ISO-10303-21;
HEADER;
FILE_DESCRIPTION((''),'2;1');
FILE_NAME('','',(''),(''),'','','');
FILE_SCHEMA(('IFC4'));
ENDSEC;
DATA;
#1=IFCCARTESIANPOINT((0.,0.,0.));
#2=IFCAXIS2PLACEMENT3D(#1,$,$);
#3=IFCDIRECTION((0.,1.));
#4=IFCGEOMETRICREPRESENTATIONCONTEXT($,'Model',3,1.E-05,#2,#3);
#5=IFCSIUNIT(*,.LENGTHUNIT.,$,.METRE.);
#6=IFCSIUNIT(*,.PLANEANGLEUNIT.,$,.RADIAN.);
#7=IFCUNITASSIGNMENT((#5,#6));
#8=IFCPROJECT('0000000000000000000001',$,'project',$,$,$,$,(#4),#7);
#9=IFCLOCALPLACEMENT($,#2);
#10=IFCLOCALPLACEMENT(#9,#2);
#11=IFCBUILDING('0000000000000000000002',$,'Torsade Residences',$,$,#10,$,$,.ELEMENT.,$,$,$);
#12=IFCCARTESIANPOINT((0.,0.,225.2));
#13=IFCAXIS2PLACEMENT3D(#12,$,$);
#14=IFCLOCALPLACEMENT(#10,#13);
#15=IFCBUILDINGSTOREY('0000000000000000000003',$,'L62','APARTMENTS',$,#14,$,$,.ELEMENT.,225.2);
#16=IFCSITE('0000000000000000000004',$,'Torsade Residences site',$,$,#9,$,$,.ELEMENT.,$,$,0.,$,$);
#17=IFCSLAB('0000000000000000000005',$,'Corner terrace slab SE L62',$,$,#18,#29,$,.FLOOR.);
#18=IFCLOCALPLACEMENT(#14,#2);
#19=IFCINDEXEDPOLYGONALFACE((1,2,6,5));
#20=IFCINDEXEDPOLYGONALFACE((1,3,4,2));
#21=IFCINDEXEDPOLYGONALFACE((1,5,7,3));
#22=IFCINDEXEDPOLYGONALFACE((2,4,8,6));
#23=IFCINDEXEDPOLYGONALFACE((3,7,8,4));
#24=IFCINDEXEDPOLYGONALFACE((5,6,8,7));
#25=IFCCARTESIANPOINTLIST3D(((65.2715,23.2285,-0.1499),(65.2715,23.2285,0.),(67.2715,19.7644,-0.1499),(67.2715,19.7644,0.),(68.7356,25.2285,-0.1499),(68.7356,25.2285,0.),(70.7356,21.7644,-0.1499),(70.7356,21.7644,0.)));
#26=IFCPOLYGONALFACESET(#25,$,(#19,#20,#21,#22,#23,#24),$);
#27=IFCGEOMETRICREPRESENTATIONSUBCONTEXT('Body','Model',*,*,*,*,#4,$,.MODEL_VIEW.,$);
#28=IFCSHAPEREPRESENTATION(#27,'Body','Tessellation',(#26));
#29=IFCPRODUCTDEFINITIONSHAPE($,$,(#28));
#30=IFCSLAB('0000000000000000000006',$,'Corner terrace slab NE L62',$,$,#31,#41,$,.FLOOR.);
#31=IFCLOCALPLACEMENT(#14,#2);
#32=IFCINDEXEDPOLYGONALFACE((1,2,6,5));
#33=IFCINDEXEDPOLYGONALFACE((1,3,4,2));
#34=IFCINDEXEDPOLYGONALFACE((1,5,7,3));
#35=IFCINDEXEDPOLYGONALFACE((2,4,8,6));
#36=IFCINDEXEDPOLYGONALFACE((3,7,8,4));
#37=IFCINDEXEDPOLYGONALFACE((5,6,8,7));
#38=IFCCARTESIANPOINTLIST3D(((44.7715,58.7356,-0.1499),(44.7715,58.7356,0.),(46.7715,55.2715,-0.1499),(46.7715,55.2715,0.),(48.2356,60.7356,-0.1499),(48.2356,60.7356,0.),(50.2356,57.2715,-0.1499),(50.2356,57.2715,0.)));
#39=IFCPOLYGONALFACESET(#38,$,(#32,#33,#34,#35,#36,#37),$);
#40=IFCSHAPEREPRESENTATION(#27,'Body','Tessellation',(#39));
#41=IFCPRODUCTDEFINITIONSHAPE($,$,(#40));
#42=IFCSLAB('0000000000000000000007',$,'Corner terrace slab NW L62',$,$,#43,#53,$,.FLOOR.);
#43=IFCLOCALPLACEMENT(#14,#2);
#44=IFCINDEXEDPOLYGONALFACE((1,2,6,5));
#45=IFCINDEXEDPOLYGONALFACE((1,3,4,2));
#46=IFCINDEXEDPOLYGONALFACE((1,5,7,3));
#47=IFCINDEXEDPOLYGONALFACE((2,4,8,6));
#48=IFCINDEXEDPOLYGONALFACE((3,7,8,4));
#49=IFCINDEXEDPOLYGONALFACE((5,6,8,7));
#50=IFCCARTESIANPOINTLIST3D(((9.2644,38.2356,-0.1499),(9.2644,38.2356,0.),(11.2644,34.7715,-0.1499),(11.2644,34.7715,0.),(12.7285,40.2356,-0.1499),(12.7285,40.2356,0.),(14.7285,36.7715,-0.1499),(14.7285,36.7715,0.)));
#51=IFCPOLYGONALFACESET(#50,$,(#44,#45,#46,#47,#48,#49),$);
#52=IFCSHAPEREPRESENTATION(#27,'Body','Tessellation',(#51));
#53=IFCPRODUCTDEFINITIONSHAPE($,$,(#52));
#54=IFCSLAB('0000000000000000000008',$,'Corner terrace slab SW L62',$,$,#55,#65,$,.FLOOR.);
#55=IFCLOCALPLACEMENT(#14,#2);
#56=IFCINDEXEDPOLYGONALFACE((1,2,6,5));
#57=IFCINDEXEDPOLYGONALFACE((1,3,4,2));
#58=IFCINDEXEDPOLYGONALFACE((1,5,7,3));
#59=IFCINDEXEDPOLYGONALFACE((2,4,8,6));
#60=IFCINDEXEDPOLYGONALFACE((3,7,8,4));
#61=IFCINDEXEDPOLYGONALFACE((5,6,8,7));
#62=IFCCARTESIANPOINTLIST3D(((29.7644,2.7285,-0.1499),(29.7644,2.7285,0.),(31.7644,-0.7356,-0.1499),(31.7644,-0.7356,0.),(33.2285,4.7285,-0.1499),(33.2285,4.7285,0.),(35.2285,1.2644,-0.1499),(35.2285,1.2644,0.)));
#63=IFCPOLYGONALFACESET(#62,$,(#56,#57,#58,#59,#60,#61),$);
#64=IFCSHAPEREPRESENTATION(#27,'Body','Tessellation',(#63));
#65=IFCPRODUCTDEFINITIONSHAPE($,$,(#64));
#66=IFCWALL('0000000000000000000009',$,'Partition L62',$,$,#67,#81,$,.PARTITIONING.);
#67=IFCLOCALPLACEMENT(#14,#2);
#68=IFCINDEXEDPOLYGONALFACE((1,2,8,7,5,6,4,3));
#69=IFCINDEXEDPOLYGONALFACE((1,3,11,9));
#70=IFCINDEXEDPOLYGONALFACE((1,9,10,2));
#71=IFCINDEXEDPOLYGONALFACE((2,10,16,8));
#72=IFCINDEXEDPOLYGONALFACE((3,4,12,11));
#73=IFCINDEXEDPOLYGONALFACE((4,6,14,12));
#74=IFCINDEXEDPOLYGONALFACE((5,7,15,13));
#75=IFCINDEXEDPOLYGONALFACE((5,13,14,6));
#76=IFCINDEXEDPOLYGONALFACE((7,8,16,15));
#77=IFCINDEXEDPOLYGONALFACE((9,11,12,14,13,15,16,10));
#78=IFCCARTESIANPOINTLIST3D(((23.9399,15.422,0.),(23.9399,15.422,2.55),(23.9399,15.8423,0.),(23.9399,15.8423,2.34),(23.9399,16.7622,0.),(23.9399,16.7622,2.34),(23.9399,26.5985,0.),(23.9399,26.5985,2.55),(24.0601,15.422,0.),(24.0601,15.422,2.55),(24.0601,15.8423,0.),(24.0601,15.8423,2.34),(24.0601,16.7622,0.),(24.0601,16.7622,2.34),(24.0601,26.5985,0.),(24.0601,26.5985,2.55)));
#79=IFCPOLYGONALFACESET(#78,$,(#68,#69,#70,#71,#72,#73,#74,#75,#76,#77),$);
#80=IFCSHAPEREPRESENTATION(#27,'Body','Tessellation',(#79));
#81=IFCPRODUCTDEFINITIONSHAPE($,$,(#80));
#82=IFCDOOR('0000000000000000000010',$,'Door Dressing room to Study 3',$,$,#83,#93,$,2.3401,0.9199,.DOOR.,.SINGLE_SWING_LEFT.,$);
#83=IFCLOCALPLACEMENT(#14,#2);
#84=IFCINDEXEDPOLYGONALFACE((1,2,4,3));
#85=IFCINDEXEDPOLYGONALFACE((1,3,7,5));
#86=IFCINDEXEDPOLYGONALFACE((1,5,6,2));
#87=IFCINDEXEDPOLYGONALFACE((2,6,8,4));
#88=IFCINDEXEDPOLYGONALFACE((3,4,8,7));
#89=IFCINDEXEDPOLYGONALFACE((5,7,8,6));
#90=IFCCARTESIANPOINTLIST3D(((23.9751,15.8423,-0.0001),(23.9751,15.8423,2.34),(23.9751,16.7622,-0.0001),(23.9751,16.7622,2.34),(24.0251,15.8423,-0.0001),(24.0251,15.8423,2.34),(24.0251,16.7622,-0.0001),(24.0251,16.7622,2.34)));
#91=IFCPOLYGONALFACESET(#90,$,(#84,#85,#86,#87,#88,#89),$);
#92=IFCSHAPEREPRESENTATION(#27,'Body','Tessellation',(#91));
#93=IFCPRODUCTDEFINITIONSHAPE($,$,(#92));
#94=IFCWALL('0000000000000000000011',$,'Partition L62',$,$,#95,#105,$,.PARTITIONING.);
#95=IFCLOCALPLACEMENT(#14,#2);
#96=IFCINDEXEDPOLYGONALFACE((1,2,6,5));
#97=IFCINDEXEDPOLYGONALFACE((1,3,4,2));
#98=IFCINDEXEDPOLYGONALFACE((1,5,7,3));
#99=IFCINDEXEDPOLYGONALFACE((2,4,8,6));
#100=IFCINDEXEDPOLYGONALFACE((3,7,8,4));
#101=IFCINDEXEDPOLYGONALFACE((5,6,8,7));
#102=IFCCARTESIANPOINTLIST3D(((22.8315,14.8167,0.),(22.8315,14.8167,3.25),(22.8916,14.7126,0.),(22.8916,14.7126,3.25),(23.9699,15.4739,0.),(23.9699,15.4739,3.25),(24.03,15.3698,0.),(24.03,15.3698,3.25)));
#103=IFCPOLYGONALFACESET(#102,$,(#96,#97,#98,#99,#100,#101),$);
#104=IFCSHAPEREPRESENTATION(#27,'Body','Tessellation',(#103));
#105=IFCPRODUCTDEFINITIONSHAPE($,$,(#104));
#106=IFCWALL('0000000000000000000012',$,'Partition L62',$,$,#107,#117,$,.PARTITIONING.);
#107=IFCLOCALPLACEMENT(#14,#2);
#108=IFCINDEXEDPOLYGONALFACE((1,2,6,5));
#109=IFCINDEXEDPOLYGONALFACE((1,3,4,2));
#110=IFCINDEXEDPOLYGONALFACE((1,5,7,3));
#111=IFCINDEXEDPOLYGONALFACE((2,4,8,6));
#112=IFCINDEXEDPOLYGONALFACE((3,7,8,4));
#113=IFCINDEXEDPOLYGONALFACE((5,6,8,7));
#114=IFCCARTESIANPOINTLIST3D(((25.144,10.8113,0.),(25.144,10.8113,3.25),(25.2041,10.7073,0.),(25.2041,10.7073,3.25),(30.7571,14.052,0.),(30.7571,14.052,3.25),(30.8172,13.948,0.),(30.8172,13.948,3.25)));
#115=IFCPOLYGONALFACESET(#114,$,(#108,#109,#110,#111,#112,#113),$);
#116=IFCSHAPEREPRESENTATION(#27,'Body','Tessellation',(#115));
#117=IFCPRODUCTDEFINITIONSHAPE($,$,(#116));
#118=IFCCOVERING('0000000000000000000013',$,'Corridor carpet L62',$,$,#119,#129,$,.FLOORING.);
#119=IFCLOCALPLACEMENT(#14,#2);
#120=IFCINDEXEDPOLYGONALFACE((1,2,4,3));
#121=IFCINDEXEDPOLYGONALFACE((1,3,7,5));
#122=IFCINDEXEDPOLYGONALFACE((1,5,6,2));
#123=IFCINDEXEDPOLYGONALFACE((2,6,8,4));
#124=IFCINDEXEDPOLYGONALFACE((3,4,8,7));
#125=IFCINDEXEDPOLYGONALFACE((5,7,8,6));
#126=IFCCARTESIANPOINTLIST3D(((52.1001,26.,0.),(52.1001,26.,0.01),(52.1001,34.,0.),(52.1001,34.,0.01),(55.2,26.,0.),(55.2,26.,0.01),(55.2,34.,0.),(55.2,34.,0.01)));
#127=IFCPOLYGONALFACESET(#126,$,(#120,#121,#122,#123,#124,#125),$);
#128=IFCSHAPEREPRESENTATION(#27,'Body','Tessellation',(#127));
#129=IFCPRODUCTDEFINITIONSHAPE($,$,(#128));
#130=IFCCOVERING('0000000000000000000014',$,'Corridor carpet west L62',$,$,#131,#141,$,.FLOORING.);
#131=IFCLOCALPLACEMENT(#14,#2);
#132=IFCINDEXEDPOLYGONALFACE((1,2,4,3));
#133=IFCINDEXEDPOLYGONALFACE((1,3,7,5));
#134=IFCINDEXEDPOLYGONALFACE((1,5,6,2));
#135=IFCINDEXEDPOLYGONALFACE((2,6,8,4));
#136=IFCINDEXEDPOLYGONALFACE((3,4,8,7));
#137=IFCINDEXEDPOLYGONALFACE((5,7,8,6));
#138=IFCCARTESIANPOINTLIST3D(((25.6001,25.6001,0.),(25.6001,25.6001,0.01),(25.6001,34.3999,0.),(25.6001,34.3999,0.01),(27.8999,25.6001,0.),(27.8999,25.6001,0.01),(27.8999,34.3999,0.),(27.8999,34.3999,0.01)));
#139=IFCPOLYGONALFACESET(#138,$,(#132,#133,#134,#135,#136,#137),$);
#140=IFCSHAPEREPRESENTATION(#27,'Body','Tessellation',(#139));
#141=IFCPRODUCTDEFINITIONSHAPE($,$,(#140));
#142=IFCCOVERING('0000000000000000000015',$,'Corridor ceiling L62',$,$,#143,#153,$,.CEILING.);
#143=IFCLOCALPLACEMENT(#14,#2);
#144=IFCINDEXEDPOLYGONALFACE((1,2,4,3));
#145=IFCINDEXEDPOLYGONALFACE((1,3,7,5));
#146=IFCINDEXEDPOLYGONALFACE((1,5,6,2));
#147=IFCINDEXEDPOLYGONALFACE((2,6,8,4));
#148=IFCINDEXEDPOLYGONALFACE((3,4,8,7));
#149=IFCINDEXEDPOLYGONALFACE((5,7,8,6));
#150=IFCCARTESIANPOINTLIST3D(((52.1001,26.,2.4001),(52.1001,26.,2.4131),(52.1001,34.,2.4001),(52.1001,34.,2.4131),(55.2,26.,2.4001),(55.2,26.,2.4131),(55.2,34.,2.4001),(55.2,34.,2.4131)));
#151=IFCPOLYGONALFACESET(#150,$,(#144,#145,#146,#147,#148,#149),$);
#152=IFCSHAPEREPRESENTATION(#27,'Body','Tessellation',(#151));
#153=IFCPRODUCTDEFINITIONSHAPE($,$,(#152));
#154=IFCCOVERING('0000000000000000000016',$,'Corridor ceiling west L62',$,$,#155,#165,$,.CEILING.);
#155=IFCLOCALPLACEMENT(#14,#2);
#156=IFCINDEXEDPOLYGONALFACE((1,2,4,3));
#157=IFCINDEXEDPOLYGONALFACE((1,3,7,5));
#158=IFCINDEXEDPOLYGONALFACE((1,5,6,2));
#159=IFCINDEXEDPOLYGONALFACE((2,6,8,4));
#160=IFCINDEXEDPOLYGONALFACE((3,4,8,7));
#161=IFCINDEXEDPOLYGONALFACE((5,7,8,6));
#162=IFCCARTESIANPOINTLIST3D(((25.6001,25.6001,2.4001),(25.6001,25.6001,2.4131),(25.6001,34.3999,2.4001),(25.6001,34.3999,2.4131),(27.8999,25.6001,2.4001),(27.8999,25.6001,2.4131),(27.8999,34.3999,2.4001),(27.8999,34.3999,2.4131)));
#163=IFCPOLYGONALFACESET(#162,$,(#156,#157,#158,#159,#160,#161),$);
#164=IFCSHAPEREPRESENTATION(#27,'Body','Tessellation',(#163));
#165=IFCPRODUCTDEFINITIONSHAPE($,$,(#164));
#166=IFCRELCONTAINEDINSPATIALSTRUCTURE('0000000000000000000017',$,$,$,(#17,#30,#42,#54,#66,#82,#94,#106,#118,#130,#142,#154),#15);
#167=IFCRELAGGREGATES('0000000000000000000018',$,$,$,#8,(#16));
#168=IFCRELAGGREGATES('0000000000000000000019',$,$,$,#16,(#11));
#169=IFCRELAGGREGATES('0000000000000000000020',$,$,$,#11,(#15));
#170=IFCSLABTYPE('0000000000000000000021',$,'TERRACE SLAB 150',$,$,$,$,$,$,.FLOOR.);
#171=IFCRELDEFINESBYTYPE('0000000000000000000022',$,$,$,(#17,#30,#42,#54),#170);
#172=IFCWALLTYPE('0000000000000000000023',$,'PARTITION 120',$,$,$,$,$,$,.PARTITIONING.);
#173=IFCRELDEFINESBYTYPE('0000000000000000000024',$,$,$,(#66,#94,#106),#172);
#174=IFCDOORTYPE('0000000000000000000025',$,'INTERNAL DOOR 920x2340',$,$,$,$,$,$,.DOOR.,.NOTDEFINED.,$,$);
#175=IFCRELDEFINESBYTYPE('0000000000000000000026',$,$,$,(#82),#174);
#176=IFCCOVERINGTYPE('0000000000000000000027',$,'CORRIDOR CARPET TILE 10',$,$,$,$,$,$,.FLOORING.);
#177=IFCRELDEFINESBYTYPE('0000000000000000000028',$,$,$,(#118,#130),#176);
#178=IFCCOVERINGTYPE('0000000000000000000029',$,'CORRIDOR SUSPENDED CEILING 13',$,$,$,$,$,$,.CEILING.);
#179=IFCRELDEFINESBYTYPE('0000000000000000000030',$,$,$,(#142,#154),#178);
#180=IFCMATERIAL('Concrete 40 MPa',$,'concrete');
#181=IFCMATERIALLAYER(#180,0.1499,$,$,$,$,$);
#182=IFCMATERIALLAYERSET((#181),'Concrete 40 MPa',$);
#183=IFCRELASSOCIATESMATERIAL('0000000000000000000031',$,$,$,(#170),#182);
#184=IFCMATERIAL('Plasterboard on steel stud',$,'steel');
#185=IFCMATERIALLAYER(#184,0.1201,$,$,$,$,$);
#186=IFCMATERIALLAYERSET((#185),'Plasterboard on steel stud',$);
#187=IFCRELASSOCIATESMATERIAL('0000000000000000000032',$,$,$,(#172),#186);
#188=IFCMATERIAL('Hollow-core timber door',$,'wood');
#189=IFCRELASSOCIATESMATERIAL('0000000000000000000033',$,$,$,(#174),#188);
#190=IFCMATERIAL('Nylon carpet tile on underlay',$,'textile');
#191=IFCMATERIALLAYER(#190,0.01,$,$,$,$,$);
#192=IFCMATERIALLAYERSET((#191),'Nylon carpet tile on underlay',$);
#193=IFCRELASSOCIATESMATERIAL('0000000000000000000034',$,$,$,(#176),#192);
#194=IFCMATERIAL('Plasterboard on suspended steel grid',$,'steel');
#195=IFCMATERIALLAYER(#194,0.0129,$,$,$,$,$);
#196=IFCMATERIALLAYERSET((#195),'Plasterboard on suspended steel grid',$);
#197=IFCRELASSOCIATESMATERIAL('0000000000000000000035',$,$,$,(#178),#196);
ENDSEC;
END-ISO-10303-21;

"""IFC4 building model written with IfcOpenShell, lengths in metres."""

from ifc_helpers import new_model, si_unit, direction, frame, frame_2d, origin, place, context, subcontext, project, spatial, polyline, rectangle, outline, extrude, material, layer, layer_set, type_object, element, fill, save


model = new_model("IFC4")

# Units and contexts
model_context = context("Model", 3, precision=1e-05, world=origin(), true_north=direction((0.0, 1.0)))
body_context = subcontext(model_context, "Body", "Model", "MODEL_VIEW")
ifc_project = project(units=[si_unit("LENGTHUNIT", "METRE"), si_unit("PLANEANGLEUNIT", "RADIAN")], contexts=[model_context])

# Site, building, storey
site_placement = place(None, origin())
site = spatial("IfcSite", under=ifc_project, at=site_placement, Name="Torsade Residences site", CompositionType="ELEMENT", RefElevation=0.0)
building_placement = place(site_placement, origin())
building = spatial("IfcBuilding", under=site, at=building_placement, Name="Torsade Residences", CompositionType="ELEMENT")
storey_placement = place(building_placement, frame((0.0, 0.0, 225.2)))
storey = spatial("IfcBuildingStorey", under=building, at=storey_placement, Name="L62", Description="APARTMENTS", CompositionType="ELEMENT", Elevation=225.2)

# Slabs
ifc_material_1 = material(Name="Concrete 40 MPa", Category="concrete")
ifc_layer_1 = layer(ifc_material_1, 0.1499)
ifc_layer_set_1 = layer_set([ifc_layer_1], Name="Concrete 40 MPa")
slab_type_1 = type_object("IfcSlabType", Name="TERRACE SLAB 150", PredefinedType="FLOOR", material=ifc_layer_set_1)
slab_1_placement = place(storey_placement, frame((0.0, 0.0, -0.1499)))
element("IfcSlab", 1, at=slab_1_placement, inside=storey, type_object=slab_type_1, Name="Corner terrace slab SE L62", PredefinedType="FLOOR", context=body_context, shape_type="SweptSolid", body=[
    extrude(outline(polyline([(67.2715, 19.7644), (70.7356, 21.7644), (68.7356, 25.2285), (65.2715, 23.2285), (67.2715, 19.7644)])), origin(), (0.0, 0.0, 1.0), 0.1499),
])
slab_2_placement = place(storey_placement, frame((0.0, 0.0, -0.1499)))
element("IfcSlab", 2, at=slab_2_placement, inside=storey, type_object=slab_type_1, Name="Corner terrace slab NE L62", PredefinedType="FLOOR", context=body_context, shape_type="SweptSolid", body=[
    extrude(outline(polyline([(46.7715, 55.2715), (50.2356, 57.2715), (48.2356, 60.7356), (44.7715, 58.7356), (46.7715, 55.2715)])), origin(), (0.0, 0.0, 1.0), 0.1499),
])
slab_3_placement = place(storey_placement, frame((0.0, 0.0, -0.1499)))
element("IfcSlab", 3, at=slab_3_placement, inside=storey, type_object=slab_type_1, Name="Corner terrace slab NW L62", PredefinedType="FLOOR", context=body_context, shape_type="SweptSolid", body=[
    extrude(outline(polyline([(11.2644, 34.7715), (14.7285, 36.7715), (12.7285, 40.2356), (9.2644, 38.2356), (11.2644, 34.7715)])), origin(), (0.0, 0.0, 1.0), 0.1499),
])
slab_4_placement = place(storey_placement, frame((0.0, 0.0, -0.1499)))
element("IfcSlab", 4, at=slab_4_placement, inside=storey, type_object=slab_type_1, Name="Corner terrace slab SW L62", PredefinedType="FLOOR", context=body_context, shape_type="SweptSolid", body=[
    extrude(outline(polyline([(31.7644, -0.7356), (35.2285, 1.2644), (33.2285, 4.7285), (29.7644, 2.7285), (31.7644, -0.7356)])), origin(), (0.0, 0.0, 1.0), 0.1499),
])

# Wall, opening, door
ifc_material_2 = material(Name="Plasterboard on steel stud", Category="steel")
ifc_layer_2 = layer(ifc_material_2, 0.1201)
ifc_layer_set_2 = layer_set([ifc_layer_2], Name="Plasterboard on steel stud")
wall_type = type_object("IfcWallType", Name="PARTITION 120", PredefinedType="PARTITIONING", material=ifc_layer_set_2)
wall_1_placement = place(storey_placement, frame((24.0, 15.4219, 0.0), z_axis=(0.0, 0.0, 1.0), x_axis=(0.0, 1.0, 0.0)))
wall_1 = element("IfcWall", 5, at=wall_1_placement, inside=storey, type_object=wall_type, Name="Partition L62", PredefinedType="PARTITIONING", context=body_context, shape_type="SweptSolid", body=[
    extrude(rectangle(XDim=11.1765, YDim=0.1201, at=frame_2d((5.5884, 0.0))), origin(), (0.0, 0.0, 1.0), 2.55),
])
opening_placement = place(wall_1_placement, frame((0.4204, 0.0, 0.0)))
opening = element("IfcOpeningElement", 6, at=opening_placement, cuts=wall_1, PredefinedType="OPENING", context=body_context, shape_type="SweptSolid", body=[
    extrude(rectangle(XDim=0.9199, YDim=2.3401, at=frame_2d((0.46, 1.1699))), frame((0.0, 0.0701, 0.0), z_axis=(0.0, -1.0, 0.0), x_axis=(1.0, 0.0, 0.0)), (0.0, 0.0, 1.0), 0.1401),
])
ifc_material_3 = material(Name="Hollow-core timber door", Category="wood")
door_type = type_object("IfcDoorType", Name="INTERNAL DOOR 920x2340", OperationType="NOTDEFINED", PredefinedType="DOOR", material=ifc_material_3)
door_placement = place(opening_placement, origin())
door = element("IfcDoor", 7, at=door_placement, inside=storey, type_object=door_type, Name="Door Dressing room to Study 3", OperationType="SINGLE_SWING_LEFT", OverallHeight=2.3401, OverallWidth=0.9199, PredefinedType="DOOR", context=body_context, shape_type="SweptSolid", body=[
    extrude(rectangle(XDim=0.9199, YDim=2.3401, at=frame_2d((0.46, 1.1699))), frame((0.0, 0.0249, 0.0), z_axis=(0.0, -1.0, 0.0), x_axis=(1.0, 0.0, 0.0)), (0.0, 0.0, 1.0), 0.05),
])
fill(opening, door)

# Walls
wall_2_placement = place(storey_placement, frame((22.8616, 14.7646, 0.0), z_axis=(0.0, 0.0, 1.0), x_axis=(0.86604, 0.499974, 0.0)))
element("IfcWall", 8, at=wall_2_placement, inside=storey, type_object=wall_type, Name="Partition L62", PredefinedType="PARTITIONING", context=body_context, shape_type="SweptSolid", body=[
    extrude(rectangle(XDim=1.3145, YDim=0.1201, at=frame_2d((0.6572, 0.0))), origin(), (0.0, 0.0, 1.0), 3.25),
])
wall_3_placement = place(storey_placement, frame((25.1741, 10.7593, 0.0), z_axis=(0.0, 0.0, 1.0), x_axis=(0.866023, 0.500004, 0.0)))
element("IfcWall", 9, at=wall_3_placement, inside=storey, type_object=wall_type, Name="Partition L62", PredefinedType="PARTITIONING", context=body_context, shape_type="SweptSolid", body=[
    extrude(rectangle(XDim=6.4814, YDim=0.1201, at=frame_2d((3.2407, 0.0))), origin(), (0.0, 0.0, 1.0), 3.25),
])

# Coverings
ifc_material_4 = material(Name="Nylon carpet tile on underlay", Category="textile")
ifc_layer_3 = layer(ifc_material_4, 0.01)
ifc_layer_set_3 = layer_set([ifc_layer_3], Name="Nylon carpet tile on underlay")
covering_type_1 = type_object("IfcCoveringType", Name="CORRIDOR CARPET TILE 10", PredefinedType="FLOORING", material=ifc_layer_set_3)
covering_1_placement = place(storey_placement, origin())
element("IfcCovering", 10, at=covering_1_placement, inside=storey, type_object=covering_type_1, Name="Corridor carpet L62", PredefinedType="FLOORING", context=body_context, shape_type="SweptSolid", body=[
    extrude(outline(polyline([(55.2, 26.0), (55.2, 34.0), (52.1001, 34.0), (52.1001, 26.0), (55.2, 26.0)])), origin(), (0.0, 0.0, 1.0), 0.01),
])
covering_2_placement = place(storey_placement, origin())
element("IfcCovering", 11, at=covering_2_placement, inside=storey, type_object=covering_type_1, Name="Corridor carpet west L62", PredefinedType="FLOORING", context=body_context, shape_type="SweptSolid", body=[
    extrude(outline(polyline([(27.8999, 25.6001), (27.8999, 34.3999), (25.6001, 34.3999), (25.6001, 25.6001), (27.8999, 25.6001)])), origin(), (0.0, 0.0, 1.0), 0.01),
])
ifc_material_5 = material(Name="Plasterboard on suspended steel grid", Category="steel")
ifc_layer_4 = layer(ifc_material_5, 0.0129)
ifc_layer_set_4 = layer_set([ifc_layer_4], Name="Plasterboard on suspended steel grid")
covering_type_2 = type_object("IfcCoveringType", Name="CORRIDOR SUSPENDED CEILING 13", PredefinedType="CEILING", material=ifc_layer_set_4)
covering_3_placement = place(storey_placement, frame((0.0, 0.0, 2.4001)))
element("IfcCovering", 12, at=covering_3_placement, inside=storey, type_object=covering_type_2, Name="Corridor ceiling L62", PredefinedType="CEILING", context=body_context, shape_type="SweptSolid", body=[
    extrude(outline(polyline([(55.2, 26.0), (55.2, 34.0), (52.1001, 34.0), (52.1001, 26.0), (55.2, 26.0)])), origin(), (0.0, 0.0, 1.0), 0.0129),
])
covering_4_placement = place(storey_placement, frame((0.0, 0.0, 2.4001)))
element("IfcCovering", 13, at=covering_4_placement, inside=storey, type_object=covering_type_2, Name="Corridor ceiling west L62", PredefinedType="CEILING", context=body_context, shape_type="SweptSolid", body=[
    extrude(outline(polyline([(27.8999, 25.6001), (27.8999, 34.3999), (25.6001, 34.3999), (25.6001, 25.6001), (27.8999, 25.6001)])), origin(), (0.0, 0.0, 1.0), 0.0129),
])

save(model, "model.ifc")
